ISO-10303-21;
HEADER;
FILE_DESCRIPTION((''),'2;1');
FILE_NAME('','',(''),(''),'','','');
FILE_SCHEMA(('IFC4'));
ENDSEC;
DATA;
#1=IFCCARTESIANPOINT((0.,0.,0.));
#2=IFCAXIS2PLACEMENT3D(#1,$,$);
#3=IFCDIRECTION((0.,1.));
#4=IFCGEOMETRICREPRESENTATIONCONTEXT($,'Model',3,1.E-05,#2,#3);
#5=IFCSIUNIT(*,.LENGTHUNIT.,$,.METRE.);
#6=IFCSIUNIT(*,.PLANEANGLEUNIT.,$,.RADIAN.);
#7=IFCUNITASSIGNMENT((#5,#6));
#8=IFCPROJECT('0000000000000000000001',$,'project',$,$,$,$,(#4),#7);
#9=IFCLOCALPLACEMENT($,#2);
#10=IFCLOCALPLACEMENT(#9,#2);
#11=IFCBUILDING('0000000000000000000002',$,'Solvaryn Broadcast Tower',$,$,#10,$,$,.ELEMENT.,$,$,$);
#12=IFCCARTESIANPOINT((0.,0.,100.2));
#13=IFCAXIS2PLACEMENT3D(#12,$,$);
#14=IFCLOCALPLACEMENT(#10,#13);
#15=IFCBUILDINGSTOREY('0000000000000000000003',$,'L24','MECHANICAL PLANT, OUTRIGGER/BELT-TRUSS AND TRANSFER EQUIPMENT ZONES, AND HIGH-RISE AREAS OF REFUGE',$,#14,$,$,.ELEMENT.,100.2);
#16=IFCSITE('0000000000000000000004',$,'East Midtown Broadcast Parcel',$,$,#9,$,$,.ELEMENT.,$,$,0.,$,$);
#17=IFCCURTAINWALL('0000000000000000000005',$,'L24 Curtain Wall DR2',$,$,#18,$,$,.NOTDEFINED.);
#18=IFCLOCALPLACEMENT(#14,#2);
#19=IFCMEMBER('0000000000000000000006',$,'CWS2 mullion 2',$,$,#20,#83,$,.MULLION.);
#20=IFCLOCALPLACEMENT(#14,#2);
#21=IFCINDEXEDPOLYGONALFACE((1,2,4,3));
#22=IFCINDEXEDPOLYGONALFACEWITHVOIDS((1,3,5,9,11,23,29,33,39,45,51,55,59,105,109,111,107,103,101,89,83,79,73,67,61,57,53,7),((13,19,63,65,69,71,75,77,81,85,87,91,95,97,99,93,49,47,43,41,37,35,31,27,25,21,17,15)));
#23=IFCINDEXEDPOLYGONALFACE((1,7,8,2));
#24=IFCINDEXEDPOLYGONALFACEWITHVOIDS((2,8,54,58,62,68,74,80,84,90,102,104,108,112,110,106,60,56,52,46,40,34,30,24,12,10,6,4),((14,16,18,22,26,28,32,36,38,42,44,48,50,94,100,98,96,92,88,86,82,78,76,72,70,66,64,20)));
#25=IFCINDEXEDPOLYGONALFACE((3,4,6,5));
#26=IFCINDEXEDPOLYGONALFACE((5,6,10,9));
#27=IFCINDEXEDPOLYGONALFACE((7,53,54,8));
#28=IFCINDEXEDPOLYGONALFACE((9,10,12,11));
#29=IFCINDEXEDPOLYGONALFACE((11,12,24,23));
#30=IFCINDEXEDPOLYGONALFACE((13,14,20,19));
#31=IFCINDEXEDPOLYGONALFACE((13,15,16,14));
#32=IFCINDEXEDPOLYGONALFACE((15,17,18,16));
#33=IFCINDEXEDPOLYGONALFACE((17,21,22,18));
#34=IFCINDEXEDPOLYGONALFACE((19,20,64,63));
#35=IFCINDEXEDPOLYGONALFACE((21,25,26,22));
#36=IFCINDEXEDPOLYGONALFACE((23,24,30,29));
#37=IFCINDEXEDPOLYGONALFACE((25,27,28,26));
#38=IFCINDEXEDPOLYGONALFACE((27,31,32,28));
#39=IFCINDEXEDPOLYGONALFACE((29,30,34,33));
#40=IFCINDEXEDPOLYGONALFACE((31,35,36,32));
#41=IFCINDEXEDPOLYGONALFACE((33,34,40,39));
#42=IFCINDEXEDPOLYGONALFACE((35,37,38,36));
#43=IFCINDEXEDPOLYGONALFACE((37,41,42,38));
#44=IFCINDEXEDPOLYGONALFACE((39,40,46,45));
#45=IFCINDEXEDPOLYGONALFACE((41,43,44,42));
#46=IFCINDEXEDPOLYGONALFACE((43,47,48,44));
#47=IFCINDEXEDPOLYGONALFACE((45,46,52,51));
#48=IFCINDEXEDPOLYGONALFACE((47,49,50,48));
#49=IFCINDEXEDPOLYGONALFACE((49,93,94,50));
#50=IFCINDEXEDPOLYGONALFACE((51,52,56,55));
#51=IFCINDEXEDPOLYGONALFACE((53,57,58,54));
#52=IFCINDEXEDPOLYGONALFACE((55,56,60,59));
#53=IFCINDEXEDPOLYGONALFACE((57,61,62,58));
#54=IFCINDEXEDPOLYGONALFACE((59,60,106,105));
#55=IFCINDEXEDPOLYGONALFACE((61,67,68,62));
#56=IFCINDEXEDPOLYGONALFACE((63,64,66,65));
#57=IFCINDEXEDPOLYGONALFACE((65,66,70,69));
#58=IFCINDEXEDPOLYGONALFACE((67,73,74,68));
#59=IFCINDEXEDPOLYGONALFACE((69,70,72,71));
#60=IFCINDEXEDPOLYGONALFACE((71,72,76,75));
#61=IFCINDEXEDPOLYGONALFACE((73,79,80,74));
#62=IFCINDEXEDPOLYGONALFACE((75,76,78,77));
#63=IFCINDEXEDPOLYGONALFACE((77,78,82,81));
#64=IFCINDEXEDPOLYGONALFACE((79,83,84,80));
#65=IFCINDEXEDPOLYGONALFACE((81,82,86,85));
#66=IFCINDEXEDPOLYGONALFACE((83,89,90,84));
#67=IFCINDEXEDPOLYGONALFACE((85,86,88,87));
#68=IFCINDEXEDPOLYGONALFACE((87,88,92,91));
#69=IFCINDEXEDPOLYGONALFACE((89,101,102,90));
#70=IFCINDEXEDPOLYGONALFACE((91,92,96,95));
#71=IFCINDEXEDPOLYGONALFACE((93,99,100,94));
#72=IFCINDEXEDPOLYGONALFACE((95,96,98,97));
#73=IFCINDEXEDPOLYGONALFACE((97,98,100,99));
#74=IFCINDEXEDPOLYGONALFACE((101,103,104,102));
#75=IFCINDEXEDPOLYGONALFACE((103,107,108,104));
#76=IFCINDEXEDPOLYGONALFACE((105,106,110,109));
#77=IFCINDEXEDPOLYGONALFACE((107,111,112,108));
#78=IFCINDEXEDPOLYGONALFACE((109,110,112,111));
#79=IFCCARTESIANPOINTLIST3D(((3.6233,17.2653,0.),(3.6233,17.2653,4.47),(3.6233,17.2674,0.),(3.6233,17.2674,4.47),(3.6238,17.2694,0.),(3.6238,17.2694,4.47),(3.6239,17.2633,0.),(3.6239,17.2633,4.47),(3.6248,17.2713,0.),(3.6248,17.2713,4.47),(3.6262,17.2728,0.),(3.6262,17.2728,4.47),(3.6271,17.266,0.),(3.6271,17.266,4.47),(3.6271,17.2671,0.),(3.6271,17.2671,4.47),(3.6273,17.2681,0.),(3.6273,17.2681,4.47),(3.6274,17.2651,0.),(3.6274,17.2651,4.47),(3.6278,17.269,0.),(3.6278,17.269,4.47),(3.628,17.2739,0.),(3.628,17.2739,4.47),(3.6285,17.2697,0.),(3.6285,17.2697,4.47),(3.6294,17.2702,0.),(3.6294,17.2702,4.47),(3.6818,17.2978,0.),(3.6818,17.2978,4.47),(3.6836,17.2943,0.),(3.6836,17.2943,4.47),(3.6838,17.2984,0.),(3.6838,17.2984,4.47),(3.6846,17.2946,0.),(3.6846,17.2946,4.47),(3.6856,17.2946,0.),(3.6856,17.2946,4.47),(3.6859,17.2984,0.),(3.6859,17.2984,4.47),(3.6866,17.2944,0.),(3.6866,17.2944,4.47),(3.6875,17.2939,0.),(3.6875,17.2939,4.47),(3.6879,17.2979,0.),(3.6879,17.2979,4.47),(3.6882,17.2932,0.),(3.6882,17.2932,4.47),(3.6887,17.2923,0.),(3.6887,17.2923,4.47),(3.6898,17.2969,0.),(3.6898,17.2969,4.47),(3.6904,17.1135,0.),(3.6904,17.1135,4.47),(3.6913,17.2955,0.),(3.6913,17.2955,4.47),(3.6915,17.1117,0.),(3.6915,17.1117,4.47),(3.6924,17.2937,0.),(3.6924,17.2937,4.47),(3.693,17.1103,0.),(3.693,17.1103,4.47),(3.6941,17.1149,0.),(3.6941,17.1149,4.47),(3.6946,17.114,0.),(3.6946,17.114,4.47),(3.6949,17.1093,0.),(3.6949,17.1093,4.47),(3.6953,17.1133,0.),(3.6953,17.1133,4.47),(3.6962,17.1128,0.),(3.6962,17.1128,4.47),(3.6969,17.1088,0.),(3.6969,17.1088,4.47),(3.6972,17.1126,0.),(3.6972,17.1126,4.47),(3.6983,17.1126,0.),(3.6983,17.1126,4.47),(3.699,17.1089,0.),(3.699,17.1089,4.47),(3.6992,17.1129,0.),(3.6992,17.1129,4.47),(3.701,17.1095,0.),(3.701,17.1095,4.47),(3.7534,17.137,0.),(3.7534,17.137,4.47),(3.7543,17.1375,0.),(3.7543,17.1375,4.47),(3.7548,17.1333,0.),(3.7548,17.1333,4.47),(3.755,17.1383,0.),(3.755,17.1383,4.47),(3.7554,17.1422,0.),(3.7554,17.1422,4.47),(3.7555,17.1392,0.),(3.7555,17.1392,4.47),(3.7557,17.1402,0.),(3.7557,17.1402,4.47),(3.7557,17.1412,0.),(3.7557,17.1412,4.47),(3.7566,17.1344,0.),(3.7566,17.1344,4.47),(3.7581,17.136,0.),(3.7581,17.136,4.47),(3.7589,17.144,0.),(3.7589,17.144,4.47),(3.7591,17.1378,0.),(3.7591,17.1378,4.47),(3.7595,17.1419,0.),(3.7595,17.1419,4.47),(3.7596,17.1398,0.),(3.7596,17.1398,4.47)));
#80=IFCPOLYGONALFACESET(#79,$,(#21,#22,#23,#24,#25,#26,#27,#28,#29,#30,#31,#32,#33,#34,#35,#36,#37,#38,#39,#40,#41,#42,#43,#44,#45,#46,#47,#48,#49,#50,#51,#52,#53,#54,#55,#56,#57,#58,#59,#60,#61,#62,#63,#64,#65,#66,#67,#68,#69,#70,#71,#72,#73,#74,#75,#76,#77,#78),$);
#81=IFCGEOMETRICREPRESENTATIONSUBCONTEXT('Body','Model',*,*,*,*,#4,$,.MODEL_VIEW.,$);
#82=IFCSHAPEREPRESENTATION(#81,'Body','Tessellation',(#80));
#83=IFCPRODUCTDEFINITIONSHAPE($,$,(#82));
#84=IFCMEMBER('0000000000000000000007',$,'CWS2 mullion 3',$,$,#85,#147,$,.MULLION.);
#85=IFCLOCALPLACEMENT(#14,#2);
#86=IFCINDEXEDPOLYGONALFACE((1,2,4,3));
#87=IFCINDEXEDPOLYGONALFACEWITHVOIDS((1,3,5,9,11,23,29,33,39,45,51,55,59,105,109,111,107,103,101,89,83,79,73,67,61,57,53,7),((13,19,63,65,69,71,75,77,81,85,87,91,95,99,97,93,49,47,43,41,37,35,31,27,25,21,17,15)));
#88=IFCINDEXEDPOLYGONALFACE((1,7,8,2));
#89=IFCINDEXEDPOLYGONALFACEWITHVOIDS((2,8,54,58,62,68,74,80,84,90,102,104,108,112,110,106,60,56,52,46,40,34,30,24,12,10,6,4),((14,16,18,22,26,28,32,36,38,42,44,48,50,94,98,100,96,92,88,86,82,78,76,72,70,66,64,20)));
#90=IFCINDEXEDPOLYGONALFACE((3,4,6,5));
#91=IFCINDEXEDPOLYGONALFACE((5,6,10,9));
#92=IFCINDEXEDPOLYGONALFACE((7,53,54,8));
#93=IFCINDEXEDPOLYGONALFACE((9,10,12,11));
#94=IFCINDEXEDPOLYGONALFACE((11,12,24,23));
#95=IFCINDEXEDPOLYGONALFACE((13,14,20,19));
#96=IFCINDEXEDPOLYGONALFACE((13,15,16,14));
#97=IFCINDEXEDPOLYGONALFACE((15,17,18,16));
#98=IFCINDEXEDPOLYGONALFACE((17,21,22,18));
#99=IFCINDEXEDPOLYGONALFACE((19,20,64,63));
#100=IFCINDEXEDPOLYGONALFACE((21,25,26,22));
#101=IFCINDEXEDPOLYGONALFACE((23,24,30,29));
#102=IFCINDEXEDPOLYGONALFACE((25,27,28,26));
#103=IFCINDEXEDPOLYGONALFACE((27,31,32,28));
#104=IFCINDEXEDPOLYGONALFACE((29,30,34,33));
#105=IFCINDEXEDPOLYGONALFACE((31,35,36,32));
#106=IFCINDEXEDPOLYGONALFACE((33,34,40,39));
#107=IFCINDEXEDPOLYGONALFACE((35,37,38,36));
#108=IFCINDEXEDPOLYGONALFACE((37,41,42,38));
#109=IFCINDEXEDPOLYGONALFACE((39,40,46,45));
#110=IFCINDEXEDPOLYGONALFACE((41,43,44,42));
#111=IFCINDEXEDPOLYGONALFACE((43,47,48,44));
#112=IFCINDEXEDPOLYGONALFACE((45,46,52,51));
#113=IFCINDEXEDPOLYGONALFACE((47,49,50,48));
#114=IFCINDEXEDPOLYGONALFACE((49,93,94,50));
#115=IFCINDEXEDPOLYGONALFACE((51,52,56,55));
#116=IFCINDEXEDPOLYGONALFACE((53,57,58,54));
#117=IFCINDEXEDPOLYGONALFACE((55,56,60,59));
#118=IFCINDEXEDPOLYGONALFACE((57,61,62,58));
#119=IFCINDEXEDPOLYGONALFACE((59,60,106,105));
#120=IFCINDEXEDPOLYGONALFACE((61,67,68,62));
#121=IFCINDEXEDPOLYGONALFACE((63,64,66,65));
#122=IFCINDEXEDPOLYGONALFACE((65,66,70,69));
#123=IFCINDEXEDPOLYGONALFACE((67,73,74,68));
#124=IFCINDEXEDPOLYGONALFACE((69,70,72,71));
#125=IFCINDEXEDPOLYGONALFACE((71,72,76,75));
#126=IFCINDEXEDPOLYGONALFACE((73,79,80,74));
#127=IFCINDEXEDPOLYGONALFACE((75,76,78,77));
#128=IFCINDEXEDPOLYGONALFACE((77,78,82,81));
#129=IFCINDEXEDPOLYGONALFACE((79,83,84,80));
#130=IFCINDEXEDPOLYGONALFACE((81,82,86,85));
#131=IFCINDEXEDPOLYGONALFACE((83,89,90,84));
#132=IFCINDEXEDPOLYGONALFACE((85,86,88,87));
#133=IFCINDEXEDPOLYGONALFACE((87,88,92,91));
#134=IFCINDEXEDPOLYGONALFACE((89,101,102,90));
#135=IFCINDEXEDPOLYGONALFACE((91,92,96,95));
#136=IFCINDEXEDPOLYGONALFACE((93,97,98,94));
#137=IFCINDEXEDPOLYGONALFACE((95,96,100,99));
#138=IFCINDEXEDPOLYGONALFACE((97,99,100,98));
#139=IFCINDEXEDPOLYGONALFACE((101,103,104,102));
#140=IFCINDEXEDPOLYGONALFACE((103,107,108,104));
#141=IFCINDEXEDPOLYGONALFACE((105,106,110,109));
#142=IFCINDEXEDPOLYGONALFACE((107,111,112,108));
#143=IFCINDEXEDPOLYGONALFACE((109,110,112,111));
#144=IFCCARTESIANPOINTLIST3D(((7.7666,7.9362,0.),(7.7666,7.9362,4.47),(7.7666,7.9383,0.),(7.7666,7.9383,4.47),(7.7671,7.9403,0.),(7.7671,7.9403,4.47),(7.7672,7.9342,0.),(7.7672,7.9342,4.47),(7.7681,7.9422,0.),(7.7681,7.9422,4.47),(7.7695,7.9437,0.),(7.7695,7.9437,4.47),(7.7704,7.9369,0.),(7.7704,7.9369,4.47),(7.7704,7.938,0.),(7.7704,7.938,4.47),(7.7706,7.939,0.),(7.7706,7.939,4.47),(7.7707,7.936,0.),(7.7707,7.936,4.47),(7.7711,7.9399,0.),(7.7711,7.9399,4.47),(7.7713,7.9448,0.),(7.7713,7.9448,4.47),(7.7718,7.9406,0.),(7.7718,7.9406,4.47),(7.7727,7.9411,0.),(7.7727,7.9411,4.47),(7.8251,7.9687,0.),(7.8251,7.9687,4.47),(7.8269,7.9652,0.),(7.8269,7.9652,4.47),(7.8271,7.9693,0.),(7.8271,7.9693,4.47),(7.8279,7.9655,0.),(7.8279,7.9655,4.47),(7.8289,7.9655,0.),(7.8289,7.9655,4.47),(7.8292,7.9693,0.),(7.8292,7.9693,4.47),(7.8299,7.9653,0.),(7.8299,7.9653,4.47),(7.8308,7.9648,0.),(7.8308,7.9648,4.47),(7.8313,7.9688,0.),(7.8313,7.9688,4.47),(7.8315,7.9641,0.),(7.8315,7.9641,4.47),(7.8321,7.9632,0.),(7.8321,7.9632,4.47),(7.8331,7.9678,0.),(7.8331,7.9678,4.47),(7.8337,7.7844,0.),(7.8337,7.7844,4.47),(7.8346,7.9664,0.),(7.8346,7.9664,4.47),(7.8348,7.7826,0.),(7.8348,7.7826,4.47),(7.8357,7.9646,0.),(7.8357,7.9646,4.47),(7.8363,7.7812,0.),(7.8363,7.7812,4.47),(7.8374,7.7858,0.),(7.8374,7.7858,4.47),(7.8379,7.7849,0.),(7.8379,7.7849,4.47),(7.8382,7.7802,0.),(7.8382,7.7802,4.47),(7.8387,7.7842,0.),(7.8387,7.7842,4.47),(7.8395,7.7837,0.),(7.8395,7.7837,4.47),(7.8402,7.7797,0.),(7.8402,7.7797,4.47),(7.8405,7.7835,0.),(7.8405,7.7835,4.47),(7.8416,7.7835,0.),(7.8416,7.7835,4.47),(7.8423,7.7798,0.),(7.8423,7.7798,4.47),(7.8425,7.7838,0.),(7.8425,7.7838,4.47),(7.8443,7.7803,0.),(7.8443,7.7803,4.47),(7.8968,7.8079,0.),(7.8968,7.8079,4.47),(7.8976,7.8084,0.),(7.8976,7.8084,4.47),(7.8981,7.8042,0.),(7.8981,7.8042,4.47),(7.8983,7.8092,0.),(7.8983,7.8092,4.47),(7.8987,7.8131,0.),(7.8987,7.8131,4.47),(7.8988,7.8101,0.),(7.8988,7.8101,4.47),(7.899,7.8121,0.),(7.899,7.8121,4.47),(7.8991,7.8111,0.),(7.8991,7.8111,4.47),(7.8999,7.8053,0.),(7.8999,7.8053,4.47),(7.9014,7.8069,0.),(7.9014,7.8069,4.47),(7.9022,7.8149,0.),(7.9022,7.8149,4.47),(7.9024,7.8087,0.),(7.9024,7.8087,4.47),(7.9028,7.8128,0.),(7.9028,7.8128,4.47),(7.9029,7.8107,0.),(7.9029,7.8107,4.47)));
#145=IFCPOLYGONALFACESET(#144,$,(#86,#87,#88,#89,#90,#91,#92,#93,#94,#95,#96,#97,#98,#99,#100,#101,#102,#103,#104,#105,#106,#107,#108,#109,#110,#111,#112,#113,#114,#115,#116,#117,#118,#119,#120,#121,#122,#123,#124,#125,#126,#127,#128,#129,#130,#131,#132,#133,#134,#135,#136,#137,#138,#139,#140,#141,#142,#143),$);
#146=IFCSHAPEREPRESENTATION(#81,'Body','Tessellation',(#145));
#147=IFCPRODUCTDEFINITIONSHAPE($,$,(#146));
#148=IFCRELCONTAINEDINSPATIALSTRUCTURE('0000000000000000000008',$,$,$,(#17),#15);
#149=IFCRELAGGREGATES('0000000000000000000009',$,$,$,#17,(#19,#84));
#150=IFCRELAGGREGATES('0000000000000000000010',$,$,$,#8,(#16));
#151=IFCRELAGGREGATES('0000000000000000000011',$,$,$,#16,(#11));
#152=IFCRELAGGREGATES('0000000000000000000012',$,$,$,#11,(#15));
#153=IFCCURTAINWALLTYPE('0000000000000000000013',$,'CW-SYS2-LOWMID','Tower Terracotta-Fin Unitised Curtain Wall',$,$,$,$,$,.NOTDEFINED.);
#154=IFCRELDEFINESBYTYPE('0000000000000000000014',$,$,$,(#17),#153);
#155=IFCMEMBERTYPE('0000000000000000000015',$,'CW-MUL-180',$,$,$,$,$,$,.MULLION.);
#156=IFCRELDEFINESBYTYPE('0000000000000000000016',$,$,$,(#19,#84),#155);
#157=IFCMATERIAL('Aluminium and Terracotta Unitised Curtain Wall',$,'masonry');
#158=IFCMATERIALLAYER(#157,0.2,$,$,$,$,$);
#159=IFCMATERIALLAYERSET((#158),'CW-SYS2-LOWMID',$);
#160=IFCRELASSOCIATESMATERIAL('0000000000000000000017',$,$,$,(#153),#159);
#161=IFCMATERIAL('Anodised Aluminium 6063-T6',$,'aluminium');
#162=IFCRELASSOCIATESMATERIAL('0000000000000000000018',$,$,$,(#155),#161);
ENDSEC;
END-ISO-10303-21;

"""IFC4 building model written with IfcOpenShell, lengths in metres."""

from ifc_helpers import new_model, si_unit, direction, frame, origin, origin_2d, place, context, subcontext, project, spatial, hollow_rectangle, extrude, material, layer, layer_set, material_profile, profile_set, type_object, element, aggregate, save


model = new_model("IFC4")

# Units and contexts
model_context = context("Model", 3, precision=1e-05, world=origin(), true_north=direction((0.0, 1.0)))
body_context = subcontext(model_context, "Body", "Model", "MODEL_VIEW")
ifc_project = project(units=[si_unit("LENGTHUNIT", "METRE"), si_unit("PLANEANGLEUNIT", "RADIAN")], contexts=[model_context])

# Site, building, storey
site_placement = place(None, origin())
site = spatial("IfcSite", under=ifc_project, at=site_placement, Name="East Midtown Broadcast Parcel", CompositionType="ELEMENT", RefElevation=0.0)
building_placement = place(site_placement, origin())
building = spatial("IfcBuilding", under=site, at=building_placement, Name="Solvaryn Broadcast Tower", CompositionType="ELEMENT")
storey_placement = place(building_placement, frame((0.0, 0.0, 100.2)))
storey = spatial("IfcBuildingStorey", under=building, at=storey_placement, Name="L24", Description="MECHANICAL PLANT, OUTRIGGER/BELT-TRUSS AND TRANSFER EQUIPMENT ZONES, AND HIGH-RISE AREAS OF REFUGE", CompositionType="ELEMENT", Elevation=100.2)

# Curtain wall, members
ifc_material_1 = material(Name="Aluminium and Terracotta Unitised Curtain Wall", Category="masonry")
ifc_layer_1 = layer(ifc_material_1, 0.2)
ifc_layer_set_1 = layer_set([ifc_layer_1], Name="CW-SYS2-LOWMID")
curtain_wall_type = type_object("IfcCurtainWallType", Name="CW-SYS2-LOWMID", Description="Tower Terracotta-Fin Unitised Curtain Wall", PredefinedType="NOTDEFINED", material=ifc_layer_set_1)
curtain_wall_1_placement = place(storey_placement, origin())
curtain_wall_1 = element("IfcCurtainWall", 1, at=curtain_wall_1_placement, inside=storey, type_object=curtain_wall_type, Name="L24 Curtain Wall DR2", PredefinedType="NOTDEFINED")
ifc_material_2 = material(Name="Anodised Aluminium 6063-T6", Category="aluminium")
ifc_material_profile_1 = material_profile(ifc_material_2, hollow_rectangle(XDim=0.075, YDim=0.1799, WallThickness=0.0039, InnerFilletRadius=0.0039, OuterFilletRadius=0.0081, at=origin_2d()))
ifc_profile_set_1 = profile_set([ifc_material_profile_1], Name="Anodised Aluminium 6063-T6")
member_type_1 = type_object("IfcMemberType", Name="CW-MUL-180", PredefinedType="MULLION", material=ifc_profile_set_1)
member_1_placement = place(storey_placement, frame((3.6914, 17.2036, 0.0), z_axis=(0.0, 0.0, 1.0), x_axis=(0.913918, 0.405898, 0.0)))
member_1 = element("IfcMember", 2, at=member_1_placement, type_object=member_type_1, Name="CWS2 mullion 2", PredefinedType="MULLION", context=body_context, shape_type="SweptSolid", body=[
    extrude(hollow_rectangle(XDim=0.075, YDim=0.1799, WallThickness=0.0039, InnerFilletRadius=0.0039, OuterFilletRadius=0.0081, at=origin_2d()), origin(), (0.0, 0.0, 1.0), 4.47),
])
member_2_placement = place(storey_placement, frame((7.8347, 7.8745, 0.0), z_axis=(0.0, 0.0, 1.0), x_axis=(0.913918, 0.405898, 0.0)))
member_2 = element("IfcMember", 3, at=member_2_placement, type_object=member_type_1, Name="CWS2 mullion 3", PredefinedType="MULLION", context=body_context, shape_type="SweptSolid", body=[
    extrude(hollow_rectangle(XDim=0.075, YDim=0.1799, WallThickness=0.0039, InnerFilletRadius=0.0039, OuterFilletRadius=0.0081, at=origin_2d()), origin(), (0.0, 0.0, 1.0), 4.47),
])

aggregate(curtain_wall_1, [member_1, member_2])

save(model, "model.ifc")
